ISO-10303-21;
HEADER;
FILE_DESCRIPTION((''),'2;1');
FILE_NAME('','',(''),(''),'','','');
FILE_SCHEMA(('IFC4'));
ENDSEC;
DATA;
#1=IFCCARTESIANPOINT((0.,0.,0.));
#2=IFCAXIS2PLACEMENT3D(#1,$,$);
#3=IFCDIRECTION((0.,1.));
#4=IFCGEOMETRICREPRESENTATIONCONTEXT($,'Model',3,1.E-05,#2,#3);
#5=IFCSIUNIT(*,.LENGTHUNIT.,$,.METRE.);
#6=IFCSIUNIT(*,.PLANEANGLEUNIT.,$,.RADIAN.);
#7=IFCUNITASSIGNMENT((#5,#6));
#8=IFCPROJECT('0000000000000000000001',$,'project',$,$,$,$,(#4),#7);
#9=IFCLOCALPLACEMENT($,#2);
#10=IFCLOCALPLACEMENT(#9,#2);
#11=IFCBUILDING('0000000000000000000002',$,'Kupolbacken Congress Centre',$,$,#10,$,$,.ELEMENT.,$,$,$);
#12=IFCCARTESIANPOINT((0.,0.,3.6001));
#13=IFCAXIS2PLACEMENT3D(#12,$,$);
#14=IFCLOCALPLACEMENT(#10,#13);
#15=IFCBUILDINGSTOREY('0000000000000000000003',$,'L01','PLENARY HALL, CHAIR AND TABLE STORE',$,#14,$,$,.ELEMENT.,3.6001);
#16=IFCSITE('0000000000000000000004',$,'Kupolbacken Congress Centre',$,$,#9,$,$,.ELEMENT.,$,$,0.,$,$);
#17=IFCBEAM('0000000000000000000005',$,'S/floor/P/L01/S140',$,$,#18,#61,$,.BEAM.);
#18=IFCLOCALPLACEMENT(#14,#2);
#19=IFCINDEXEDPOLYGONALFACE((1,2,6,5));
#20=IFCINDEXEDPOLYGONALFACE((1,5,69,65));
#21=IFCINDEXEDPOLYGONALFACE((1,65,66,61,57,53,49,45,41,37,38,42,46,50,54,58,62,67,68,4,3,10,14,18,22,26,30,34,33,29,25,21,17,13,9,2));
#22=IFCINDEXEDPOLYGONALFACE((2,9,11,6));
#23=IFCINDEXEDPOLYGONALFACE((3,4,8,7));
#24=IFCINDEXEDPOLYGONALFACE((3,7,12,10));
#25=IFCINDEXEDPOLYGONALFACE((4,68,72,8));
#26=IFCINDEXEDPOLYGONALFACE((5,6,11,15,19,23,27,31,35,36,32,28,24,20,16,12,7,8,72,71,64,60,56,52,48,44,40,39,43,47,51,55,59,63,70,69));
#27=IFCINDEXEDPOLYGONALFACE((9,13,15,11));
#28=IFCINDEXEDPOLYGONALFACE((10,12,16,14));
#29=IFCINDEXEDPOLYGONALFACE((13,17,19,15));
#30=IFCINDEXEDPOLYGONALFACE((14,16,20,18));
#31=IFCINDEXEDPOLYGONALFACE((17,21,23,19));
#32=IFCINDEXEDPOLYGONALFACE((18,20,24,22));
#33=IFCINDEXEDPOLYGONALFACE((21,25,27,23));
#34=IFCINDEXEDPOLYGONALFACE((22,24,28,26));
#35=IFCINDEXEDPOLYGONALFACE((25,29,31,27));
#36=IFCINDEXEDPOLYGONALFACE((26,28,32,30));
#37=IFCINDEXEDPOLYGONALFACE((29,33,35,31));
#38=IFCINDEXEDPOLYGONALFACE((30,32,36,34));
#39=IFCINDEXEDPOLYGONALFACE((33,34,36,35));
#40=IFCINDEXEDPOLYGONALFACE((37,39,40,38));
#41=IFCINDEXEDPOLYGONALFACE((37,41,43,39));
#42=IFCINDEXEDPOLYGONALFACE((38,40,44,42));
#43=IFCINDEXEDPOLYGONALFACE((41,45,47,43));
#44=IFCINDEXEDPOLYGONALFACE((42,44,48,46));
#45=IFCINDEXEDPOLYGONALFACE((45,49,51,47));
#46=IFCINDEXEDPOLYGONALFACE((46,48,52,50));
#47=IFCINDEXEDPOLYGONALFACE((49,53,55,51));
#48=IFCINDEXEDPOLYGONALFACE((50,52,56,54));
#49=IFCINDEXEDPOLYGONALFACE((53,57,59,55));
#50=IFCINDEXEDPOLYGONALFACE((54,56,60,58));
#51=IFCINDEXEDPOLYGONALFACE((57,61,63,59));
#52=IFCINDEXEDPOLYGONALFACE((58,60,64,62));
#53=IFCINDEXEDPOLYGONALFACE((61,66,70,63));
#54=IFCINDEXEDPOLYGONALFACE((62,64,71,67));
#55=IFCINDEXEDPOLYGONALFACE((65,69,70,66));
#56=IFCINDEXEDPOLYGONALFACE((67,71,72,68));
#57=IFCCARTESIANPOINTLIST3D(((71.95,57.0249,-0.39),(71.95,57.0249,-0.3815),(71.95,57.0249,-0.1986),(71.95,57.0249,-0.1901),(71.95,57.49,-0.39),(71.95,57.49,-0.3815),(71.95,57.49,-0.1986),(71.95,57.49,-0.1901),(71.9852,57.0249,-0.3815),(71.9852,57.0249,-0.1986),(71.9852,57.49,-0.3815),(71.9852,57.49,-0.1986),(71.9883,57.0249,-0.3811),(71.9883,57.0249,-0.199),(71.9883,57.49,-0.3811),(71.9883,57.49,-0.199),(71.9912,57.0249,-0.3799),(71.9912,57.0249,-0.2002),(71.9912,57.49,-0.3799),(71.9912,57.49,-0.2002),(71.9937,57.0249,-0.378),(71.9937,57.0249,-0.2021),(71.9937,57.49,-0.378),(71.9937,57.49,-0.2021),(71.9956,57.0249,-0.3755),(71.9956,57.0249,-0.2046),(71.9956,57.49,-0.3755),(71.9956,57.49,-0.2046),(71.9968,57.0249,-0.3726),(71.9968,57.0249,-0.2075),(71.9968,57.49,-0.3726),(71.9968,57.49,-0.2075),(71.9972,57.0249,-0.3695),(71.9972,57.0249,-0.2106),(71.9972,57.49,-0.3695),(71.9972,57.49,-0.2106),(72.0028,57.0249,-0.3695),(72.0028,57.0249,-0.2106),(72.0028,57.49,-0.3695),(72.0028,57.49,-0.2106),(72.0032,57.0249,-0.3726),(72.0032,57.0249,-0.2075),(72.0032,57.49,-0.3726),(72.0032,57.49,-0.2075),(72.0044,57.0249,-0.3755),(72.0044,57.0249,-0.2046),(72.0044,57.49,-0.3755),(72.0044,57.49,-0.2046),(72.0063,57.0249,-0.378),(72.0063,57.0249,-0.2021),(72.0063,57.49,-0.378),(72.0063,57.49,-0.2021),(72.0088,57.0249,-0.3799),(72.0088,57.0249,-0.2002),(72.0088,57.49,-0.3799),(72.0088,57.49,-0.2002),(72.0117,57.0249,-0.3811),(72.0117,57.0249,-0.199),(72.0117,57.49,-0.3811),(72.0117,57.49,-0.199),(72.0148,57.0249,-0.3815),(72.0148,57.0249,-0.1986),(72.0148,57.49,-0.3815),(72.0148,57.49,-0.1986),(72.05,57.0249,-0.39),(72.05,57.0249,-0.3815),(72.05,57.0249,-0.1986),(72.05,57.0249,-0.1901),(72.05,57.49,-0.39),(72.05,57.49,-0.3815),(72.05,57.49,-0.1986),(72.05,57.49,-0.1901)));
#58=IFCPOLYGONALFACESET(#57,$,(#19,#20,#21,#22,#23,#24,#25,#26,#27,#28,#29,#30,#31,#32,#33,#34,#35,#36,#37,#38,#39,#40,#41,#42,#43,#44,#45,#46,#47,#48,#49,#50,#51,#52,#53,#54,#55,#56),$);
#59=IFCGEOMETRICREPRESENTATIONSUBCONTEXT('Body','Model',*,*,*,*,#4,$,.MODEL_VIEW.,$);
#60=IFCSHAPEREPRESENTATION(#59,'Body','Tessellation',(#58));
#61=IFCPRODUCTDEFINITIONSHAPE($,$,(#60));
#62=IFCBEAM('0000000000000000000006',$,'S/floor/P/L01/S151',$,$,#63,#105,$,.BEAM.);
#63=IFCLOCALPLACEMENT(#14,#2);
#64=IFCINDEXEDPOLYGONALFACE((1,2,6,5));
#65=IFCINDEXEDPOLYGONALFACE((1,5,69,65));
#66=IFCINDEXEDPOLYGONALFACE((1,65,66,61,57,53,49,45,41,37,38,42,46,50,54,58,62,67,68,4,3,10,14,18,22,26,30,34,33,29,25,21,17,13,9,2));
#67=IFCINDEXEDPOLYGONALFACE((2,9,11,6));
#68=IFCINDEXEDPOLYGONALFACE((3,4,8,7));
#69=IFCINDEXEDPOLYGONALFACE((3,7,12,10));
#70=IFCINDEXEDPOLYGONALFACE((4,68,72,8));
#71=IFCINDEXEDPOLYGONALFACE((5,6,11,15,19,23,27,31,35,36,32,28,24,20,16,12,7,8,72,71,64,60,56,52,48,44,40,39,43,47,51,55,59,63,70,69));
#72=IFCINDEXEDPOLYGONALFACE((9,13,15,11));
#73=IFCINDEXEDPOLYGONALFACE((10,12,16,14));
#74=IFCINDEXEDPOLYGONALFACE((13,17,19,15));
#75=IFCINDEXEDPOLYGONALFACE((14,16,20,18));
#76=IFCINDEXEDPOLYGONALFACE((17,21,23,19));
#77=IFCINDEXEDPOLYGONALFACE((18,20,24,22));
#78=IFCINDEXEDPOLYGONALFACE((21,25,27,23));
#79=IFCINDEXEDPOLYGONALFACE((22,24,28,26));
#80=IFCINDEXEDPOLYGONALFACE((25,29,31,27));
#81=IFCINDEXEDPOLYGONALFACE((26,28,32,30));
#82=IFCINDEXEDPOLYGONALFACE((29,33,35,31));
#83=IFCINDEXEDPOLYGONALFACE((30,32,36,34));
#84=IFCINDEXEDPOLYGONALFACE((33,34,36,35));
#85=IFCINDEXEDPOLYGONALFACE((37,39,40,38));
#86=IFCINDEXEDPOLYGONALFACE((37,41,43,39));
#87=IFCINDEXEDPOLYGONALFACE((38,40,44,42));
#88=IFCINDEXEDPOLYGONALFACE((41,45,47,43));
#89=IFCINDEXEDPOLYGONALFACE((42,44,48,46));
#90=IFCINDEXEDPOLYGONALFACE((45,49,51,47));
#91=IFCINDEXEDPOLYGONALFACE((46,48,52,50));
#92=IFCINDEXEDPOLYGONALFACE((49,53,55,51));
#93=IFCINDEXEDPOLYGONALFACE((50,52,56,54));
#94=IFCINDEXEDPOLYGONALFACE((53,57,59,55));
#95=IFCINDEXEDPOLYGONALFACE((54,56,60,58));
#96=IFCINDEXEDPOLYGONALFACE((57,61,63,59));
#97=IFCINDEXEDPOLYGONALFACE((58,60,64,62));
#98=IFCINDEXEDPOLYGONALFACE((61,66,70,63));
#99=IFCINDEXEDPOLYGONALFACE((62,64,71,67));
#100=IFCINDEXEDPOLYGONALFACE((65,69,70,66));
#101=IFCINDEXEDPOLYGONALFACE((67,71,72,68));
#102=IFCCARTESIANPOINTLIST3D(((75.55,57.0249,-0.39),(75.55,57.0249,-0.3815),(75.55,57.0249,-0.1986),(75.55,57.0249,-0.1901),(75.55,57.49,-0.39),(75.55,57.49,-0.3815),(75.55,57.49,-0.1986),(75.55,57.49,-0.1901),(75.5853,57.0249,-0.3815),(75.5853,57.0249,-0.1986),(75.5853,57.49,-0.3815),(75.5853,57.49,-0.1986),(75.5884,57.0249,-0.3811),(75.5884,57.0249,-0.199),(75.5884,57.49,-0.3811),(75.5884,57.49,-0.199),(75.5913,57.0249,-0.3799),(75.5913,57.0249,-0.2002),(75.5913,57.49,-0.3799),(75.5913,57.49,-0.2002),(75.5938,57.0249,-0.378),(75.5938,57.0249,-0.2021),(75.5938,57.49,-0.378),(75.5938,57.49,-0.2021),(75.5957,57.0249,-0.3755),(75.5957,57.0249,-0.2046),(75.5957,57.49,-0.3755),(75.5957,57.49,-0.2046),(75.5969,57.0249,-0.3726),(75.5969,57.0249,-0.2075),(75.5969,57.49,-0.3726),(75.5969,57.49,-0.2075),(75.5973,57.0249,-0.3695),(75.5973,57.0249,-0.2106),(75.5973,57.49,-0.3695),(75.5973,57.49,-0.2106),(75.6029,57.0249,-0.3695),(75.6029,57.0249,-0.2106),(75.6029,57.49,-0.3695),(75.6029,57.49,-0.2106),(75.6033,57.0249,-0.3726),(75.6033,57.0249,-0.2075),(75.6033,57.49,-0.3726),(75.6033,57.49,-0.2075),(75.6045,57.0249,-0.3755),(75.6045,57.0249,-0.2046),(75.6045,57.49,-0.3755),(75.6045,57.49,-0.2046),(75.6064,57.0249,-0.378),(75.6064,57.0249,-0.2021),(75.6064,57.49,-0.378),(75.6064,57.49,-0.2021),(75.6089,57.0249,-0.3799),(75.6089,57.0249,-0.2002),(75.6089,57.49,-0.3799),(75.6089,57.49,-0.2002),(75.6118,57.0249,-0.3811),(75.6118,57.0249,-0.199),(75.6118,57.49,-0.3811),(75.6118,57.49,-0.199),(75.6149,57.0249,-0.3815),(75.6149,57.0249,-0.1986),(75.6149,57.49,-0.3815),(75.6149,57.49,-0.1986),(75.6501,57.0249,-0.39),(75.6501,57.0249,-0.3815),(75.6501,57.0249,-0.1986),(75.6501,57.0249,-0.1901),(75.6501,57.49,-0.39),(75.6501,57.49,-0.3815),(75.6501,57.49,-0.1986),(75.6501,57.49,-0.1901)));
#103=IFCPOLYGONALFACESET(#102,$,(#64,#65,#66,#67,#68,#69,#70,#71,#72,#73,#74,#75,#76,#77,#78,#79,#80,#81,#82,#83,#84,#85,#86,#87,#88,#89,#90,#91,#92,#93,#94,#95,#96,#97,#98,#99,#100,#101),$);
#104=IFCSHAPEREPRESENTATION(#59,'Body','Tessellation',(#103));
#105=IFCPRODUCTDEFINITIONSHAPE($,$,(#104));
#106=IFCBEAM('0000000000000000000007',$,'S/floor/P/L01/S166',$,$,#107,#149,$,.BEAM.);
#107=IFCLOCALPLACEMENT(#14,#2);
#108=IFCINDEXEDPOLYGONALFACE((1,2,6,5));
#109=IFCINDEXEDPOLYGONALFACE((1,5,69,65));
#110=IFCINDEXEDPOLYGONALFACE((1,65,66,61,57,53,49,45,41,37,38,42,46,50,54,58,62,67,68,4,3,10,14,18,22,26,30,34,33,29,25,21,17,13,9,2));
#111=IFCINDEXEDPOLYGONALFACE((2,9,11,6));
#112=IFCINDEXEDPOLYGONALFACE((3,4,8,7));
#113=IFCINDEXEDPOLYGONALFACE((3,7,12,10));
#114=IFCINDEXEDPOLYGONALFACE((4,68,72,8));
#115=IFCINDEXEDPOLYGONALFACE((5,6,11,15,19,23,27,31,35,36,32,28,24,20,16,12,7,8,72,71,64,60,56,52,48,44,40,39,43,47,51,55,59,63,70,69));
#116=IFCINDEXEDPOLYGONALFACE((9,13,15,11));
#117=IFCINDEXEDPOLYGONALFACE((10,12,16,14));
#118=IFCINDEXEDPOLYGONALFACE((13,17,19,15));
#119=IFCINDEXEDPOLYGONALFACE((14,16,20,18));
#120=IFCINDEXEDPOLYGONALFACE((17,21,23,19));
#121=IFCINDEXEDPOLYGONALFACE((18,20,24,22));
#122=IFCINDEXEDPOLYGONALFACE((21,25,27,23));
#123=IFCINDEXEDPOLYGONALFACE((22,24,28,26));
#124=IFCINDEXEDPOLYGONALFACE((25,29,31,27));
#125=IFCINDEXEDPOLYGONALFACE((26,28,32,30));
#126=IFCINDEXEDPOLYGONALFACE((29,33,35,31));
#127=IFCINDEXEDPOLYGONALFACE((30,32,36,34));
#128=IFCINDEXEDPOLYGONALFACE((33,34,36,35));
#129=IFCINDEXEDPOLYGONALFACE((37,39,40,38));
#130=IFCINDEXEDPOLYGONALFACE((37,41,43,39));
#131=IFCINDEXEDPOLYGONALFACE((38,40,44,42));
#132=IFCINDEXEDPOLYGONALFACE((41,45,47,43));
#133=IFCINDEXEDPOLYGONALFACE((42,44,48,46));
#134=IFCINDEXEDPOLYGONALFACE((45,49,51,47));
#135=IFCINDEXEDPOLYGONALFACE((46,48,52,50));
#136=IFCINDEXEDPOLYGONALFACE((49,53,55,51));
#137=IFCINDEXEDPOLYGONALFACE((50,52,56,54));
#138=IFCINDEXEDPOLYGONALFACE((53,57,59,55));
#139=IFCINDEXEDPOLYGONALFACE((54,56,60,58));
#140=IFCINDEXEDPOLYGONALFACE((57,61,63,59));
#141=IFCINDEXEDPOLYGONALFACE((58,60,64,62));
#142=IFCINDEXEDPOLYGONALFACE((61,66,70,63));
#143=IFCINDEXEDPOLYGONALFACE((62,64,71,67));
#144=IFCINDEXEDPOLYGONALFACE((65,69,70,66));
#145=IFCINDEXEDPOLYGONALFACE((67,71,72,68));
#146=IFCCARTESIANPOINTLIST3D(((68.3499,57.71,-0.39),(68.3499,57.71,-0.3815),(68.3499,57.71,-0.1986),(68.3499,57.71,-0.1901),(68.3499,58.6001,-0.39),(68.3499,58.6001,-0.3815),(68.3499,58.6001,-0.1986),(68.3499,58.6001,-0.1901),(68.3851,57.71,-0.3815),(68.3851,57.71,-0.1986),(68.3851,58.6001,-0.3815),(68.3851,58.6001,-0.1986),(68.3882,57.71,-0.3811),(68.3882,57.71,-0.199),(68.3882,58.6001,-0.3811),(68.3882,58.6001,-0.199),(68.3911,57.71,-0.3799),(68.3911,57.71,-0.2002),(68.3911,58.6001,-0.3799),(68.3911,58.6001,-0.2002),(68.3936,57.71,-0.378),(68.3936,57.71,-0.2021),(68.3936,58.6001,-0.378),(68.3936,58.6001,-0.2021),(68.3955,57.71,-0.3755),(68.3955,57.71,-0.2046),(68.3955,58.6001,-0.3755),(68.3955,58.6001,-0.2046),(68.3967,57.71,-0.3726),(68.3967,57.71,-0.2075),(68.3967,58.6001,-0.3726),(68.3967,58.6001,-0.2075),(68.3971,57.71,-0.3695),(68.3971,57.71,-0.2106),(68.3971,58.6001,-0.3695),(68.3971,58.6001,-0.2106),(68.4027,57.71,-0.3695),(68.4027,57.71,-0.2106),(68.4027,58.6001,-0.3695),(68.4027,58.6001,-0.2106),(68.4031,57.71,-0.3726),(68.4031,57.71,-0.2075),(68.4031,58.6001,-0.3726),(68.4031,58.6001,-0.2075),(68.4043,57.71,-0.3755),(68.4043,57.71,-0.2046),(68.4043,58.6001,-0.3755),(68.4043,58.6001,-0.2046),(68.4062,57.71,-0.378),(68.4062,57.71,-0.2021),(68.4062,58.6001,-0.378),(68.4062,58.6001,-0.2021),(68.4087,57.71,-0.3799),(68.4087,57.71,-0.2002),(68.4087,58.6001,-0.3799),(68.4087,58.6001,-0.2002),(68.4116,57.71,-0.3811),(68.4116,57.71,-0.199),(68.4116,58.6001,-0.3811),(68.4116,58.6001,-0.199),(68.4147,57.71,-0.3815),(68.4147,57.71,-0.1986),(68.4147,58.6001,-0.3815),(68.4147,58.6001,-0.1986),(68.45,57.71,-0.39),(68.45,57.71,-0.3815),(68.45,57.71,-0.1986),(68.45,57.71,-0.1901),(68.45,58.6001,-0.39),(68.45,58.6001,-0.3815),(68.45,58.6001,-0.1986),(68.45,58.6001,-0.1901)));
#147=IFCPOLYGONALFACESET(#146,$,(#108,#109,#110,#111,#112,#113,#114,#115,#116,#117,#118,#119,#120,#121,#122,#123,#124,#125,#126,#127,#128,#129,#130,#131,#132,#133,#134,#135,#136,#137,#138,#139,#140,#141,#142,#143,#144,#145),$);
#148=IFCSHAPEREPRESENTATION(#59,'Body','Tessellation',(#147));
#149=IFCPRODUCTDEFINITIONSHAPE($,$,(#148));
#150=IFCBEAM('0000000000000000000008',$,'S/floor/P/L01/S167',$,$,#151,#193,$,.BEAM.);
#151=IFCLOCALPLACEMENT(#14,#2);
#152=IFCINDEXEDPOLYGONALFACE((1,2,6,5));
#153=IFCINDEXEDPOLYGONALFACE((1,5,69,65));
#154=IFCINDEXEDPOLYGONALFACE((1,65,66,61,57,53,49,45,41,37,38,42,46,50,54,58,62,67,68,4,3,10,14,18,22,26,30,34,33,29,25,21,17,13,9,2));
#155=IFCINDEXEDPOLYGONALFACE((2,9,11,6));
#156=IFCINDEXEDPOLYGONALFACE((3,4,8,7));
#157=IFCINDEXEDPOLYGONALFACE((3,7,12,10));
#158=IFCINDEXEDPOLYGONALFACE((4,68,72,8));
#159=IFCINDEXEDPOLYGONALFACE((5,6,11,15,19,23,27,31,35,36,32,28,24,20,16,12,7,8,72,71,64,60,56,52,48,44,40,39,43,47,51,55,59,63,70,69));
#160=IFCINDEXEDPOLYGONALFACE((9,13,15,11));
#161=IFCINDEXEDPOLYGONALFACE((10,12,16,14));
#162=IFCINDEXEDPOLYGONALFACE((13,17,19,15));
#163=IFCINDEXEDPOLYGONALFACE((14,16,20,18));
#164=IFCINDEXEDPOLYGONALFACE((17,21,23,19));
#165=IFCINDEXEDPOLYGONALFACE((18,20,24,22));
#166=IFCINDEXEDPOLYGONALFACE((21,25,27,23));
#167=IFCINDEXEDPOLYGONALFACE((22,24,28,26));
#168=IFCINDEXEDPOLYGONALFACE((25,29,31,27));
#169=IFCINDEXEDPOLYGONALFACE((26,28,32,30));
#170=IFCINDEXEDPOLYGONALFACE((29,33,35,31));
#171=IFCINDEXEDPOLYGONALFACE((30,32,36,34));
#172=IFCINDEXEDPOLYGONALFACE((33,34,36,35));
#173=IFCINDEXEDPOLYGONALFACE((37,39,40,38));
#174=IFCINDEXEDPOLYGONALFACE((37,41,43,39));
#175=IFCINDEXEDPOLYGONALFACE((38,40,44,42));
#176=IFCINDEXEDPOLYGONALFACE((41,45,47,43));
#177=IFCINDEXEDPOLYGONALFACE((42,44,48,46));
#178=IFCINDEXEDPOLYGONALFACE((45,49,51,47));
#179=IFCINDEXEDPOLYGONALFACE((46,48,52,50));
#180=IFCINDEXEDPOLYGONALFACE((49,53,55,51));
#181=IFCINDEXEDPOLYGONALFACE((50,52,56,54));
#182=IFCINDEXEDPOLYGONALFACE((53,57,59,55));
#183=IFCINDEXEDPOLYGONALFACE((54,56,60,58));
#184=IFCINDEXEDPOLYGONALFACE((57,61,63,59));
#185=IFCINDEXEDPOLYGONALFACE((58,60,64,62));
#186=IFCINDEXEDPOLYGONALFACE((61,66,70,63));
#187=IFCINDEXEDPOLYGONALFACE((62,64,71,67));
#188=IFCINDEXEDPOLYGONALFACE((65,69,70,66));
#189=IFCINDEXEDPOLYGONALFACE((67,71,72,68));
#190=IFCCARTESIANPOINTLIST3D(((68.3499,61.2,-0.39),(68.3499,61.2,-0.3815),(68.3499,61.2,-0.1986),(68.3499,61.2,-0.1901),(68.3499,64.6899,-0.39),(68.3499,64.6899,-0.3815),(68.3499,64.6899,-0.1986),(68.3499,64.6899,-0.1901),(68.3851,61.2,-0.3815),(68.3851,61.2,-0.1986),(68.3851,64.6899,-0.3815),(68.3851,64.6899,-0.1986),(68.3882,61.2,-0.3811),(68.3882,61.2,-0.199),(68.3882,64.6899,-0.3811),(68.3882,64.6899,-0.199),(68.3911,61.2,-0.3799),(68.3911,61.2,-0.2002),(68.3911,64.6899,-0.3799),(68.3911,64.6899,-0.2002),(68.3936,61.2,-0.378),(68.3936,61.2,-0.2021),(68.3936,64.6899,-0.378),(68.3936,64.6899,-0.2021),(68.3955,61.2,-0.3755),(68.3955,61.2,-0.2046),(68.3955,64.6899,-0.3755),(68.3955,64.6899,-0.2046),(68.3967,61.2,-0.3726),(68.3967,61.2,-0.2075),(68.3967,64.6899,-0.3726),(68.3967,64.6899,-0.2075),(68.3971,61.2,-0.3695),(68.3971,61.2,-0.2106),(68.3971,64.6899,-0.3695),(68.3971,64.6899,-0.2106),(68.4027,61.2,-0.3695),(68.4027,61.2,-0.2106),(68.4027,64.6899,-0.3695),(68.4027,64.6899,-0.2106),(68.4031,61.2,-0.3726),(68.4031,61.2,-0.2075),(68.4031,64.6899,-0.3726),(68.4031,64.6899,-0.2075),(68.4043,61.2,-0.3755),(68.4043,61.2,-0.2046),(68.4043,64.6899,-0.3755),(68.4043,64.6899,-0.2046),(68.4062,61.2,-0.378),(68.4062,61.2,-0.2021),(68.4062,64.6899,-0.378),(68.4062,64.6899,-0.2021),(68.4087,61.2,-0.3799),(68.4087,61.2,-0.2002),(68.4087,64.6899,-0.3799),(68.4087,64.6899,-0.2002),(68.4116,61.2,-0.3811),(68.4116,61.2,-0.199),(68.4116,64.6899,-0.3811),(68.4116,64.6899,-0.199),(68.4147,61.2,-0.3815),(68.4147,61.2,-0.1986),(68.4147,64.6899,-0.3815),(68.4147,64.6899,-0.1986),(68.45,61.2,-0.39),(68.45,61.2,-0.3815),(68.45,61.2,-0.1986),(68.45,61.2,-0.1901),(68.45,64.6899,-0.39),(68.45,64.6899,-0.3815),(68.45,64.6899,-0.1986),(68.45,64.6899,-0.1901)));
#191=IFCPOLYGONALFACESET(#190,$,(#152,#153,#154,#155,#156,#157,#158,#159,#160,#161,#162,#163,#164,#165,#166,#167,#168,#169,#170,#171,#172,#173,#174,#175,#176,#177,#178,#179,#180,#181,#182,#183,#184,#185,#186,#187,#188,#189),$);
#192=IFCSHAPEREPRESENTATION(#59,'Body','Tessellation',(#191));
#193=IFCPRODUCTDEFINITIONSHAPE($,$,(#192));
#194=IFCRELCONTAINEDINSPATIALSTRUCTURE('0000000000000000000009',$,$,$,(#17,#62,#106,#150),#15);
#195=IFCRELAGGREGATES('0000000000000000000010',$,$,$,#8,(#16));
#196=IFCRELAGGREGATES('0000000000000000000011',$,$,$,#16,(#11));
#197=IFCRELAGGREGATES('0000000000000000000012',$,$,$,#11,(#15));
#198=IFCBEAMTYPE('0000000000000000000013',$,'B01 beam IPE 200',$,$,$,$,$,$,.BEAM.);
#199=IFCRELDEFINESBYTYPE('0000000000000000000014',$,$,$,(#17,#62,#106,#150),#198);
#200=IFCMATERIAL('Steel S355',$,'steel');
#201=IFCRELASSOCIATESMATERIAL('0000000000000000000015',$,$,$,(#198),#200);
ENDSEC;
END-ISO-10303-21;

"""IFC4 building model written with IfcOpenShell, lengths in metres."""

from ifc_helpers import new_model, si_unit, direction, frame, origin, origin_2d, place, context, subcontext, project, spatial, i_section, extrude, material, material_profile, profile_set, type_object, element, save


model = new_model("IFC4")

# Units and contexts
model_context = context("Model", 3, precision=1e-05, world=origin(), true_north=direction((0.0, 1.0)))
body_context = subcontext(model_context, "Body", "Model", "MODEL_VIEW")
ifc_project = project(units=[si_unit("LENGTHUNIT", "METRE"), si_unit("PLANEANGLEUNIT", "RADIAN")], contexts=[model_context])

# Site, building, storey
site_placement = place(None, origin())
site = spatial("IfcSite", under=ifc_project, at=site_placement, Name="Kupolbacken Congress Centre", CompositionType="ELEMENT", RefElevation=0.0)
building_placement = place(site_placement, origin())
building = spatial("IfcBuilding", under=site, at=building_placement, Name="Kupolbacken Congress Centre", CompositionType="ELEMENT")
storey_placement = place(building_placement, frame((0.0, 0.0, 3.6001)))
storey = spatial("IfcBuildingStorey", under=building, at=storey_placement, Name="L01", Description="PLENARY HALL, CHAIR AND TABLE STORE", CompositionType="ELEMENT", Elevation=3.6001)

# Beams
ifc_material_1 = material(Name="Steel S355", Category="steel")
ifc_material_profile_1 = material_profile(ifc_material_1, i_section(OverallWidth=0.1001, OverallDepth=0.2, WebThickness=0.0056, FlangeThickness=0.0085, FilletRadius=0.012, at=origin_2d()), Name="IPE 200")
ifc_profile_set_1 = profile_set([ifc_material_profile_1], Name="Steel S355")
beam_type_1 = type_object("IfcBeamType", Name="B01 beam IPE 200", PredefinedType="BEAM", material=ifc_profile_set_1)
for number, where, z_axis, x_axis, name in (
    (1, (72.0, 57.0249, -0.29), (0.0, 1.0, 0.0), (-1.0, 0.0, 0.0), "S/floor/P/L01/S140"),
    (2, (75.6001, 57.0249, -0.29), (0.0, 1.0, 0.0), (-1.0, 0.0, 0.0), "S/floor/P/L01/S151"),
):
    element("IfcBeam", number, at=place(storey_placement, frame(where, z_axis=z_axis, x_axis=x_axis)), inside=storey, type_object=beam_type_1, Name=name, PredefinedType="BEAM", context=body_context, shape_type="SweptSolid", body=[
        extrude(i_section(OverallWidth=0.1001, OverallDepth=0.2, WebThickness=0.0056, FlangeThickness=0.0085, FilletRadius=0.012, at=origin_2d()), origin(), (0.0, 0.0, 1.0), 0.4651),
    ])
beam_1_placement = place(storey_placement, frame((68.3999, 57.71, -0.29), z_axis=(0.0, 1.0, 0.0), x_axis=(-1.0, 0.0, 0.0)))
element("IfcBeam", 3, at=beam_1_placement, inside=storey, type_object=beam_type_1, Name="S/floor/P/L01/S166", PredefinedType="BEAM", context=body_context, shape_type="SweptSolid", body=[
    extrude(i_section(OverallWidth=0.1001, OverallDepth=0.2, WebThickness=0.0056, FlangeThickness=0.0085, FilletRadius=0.012, at=origin_2d()), origin(), (0.0, 0.0, 1.0), 0.8901),
])
beam_2_placement = place(storey_placement, frame((68.3999, 61.2, -0.29), z_axis=(0.0, 1.0, 0.0), x_axis=(-1.0, 0.0, 0.0)))
element("IfcBeam", 4, at=beam_2_placement, inside=storey, type_object=beam_type_1, Name="S/floor/P/L01/S167", PredefinedType="BEAM", context=body_context, shape_type="SweptSolid", body=[
    extrude(i_section(OverallWidth=0.1001, OverallDepth=0.2, WebThickness=0.0056, FlangeThickness=0.0085, FilletRadius=0.012, at=origin_2d()), origin(), (0.0, 0.0, 1.0), 3.49),
])

save(model, "model.ifc")
